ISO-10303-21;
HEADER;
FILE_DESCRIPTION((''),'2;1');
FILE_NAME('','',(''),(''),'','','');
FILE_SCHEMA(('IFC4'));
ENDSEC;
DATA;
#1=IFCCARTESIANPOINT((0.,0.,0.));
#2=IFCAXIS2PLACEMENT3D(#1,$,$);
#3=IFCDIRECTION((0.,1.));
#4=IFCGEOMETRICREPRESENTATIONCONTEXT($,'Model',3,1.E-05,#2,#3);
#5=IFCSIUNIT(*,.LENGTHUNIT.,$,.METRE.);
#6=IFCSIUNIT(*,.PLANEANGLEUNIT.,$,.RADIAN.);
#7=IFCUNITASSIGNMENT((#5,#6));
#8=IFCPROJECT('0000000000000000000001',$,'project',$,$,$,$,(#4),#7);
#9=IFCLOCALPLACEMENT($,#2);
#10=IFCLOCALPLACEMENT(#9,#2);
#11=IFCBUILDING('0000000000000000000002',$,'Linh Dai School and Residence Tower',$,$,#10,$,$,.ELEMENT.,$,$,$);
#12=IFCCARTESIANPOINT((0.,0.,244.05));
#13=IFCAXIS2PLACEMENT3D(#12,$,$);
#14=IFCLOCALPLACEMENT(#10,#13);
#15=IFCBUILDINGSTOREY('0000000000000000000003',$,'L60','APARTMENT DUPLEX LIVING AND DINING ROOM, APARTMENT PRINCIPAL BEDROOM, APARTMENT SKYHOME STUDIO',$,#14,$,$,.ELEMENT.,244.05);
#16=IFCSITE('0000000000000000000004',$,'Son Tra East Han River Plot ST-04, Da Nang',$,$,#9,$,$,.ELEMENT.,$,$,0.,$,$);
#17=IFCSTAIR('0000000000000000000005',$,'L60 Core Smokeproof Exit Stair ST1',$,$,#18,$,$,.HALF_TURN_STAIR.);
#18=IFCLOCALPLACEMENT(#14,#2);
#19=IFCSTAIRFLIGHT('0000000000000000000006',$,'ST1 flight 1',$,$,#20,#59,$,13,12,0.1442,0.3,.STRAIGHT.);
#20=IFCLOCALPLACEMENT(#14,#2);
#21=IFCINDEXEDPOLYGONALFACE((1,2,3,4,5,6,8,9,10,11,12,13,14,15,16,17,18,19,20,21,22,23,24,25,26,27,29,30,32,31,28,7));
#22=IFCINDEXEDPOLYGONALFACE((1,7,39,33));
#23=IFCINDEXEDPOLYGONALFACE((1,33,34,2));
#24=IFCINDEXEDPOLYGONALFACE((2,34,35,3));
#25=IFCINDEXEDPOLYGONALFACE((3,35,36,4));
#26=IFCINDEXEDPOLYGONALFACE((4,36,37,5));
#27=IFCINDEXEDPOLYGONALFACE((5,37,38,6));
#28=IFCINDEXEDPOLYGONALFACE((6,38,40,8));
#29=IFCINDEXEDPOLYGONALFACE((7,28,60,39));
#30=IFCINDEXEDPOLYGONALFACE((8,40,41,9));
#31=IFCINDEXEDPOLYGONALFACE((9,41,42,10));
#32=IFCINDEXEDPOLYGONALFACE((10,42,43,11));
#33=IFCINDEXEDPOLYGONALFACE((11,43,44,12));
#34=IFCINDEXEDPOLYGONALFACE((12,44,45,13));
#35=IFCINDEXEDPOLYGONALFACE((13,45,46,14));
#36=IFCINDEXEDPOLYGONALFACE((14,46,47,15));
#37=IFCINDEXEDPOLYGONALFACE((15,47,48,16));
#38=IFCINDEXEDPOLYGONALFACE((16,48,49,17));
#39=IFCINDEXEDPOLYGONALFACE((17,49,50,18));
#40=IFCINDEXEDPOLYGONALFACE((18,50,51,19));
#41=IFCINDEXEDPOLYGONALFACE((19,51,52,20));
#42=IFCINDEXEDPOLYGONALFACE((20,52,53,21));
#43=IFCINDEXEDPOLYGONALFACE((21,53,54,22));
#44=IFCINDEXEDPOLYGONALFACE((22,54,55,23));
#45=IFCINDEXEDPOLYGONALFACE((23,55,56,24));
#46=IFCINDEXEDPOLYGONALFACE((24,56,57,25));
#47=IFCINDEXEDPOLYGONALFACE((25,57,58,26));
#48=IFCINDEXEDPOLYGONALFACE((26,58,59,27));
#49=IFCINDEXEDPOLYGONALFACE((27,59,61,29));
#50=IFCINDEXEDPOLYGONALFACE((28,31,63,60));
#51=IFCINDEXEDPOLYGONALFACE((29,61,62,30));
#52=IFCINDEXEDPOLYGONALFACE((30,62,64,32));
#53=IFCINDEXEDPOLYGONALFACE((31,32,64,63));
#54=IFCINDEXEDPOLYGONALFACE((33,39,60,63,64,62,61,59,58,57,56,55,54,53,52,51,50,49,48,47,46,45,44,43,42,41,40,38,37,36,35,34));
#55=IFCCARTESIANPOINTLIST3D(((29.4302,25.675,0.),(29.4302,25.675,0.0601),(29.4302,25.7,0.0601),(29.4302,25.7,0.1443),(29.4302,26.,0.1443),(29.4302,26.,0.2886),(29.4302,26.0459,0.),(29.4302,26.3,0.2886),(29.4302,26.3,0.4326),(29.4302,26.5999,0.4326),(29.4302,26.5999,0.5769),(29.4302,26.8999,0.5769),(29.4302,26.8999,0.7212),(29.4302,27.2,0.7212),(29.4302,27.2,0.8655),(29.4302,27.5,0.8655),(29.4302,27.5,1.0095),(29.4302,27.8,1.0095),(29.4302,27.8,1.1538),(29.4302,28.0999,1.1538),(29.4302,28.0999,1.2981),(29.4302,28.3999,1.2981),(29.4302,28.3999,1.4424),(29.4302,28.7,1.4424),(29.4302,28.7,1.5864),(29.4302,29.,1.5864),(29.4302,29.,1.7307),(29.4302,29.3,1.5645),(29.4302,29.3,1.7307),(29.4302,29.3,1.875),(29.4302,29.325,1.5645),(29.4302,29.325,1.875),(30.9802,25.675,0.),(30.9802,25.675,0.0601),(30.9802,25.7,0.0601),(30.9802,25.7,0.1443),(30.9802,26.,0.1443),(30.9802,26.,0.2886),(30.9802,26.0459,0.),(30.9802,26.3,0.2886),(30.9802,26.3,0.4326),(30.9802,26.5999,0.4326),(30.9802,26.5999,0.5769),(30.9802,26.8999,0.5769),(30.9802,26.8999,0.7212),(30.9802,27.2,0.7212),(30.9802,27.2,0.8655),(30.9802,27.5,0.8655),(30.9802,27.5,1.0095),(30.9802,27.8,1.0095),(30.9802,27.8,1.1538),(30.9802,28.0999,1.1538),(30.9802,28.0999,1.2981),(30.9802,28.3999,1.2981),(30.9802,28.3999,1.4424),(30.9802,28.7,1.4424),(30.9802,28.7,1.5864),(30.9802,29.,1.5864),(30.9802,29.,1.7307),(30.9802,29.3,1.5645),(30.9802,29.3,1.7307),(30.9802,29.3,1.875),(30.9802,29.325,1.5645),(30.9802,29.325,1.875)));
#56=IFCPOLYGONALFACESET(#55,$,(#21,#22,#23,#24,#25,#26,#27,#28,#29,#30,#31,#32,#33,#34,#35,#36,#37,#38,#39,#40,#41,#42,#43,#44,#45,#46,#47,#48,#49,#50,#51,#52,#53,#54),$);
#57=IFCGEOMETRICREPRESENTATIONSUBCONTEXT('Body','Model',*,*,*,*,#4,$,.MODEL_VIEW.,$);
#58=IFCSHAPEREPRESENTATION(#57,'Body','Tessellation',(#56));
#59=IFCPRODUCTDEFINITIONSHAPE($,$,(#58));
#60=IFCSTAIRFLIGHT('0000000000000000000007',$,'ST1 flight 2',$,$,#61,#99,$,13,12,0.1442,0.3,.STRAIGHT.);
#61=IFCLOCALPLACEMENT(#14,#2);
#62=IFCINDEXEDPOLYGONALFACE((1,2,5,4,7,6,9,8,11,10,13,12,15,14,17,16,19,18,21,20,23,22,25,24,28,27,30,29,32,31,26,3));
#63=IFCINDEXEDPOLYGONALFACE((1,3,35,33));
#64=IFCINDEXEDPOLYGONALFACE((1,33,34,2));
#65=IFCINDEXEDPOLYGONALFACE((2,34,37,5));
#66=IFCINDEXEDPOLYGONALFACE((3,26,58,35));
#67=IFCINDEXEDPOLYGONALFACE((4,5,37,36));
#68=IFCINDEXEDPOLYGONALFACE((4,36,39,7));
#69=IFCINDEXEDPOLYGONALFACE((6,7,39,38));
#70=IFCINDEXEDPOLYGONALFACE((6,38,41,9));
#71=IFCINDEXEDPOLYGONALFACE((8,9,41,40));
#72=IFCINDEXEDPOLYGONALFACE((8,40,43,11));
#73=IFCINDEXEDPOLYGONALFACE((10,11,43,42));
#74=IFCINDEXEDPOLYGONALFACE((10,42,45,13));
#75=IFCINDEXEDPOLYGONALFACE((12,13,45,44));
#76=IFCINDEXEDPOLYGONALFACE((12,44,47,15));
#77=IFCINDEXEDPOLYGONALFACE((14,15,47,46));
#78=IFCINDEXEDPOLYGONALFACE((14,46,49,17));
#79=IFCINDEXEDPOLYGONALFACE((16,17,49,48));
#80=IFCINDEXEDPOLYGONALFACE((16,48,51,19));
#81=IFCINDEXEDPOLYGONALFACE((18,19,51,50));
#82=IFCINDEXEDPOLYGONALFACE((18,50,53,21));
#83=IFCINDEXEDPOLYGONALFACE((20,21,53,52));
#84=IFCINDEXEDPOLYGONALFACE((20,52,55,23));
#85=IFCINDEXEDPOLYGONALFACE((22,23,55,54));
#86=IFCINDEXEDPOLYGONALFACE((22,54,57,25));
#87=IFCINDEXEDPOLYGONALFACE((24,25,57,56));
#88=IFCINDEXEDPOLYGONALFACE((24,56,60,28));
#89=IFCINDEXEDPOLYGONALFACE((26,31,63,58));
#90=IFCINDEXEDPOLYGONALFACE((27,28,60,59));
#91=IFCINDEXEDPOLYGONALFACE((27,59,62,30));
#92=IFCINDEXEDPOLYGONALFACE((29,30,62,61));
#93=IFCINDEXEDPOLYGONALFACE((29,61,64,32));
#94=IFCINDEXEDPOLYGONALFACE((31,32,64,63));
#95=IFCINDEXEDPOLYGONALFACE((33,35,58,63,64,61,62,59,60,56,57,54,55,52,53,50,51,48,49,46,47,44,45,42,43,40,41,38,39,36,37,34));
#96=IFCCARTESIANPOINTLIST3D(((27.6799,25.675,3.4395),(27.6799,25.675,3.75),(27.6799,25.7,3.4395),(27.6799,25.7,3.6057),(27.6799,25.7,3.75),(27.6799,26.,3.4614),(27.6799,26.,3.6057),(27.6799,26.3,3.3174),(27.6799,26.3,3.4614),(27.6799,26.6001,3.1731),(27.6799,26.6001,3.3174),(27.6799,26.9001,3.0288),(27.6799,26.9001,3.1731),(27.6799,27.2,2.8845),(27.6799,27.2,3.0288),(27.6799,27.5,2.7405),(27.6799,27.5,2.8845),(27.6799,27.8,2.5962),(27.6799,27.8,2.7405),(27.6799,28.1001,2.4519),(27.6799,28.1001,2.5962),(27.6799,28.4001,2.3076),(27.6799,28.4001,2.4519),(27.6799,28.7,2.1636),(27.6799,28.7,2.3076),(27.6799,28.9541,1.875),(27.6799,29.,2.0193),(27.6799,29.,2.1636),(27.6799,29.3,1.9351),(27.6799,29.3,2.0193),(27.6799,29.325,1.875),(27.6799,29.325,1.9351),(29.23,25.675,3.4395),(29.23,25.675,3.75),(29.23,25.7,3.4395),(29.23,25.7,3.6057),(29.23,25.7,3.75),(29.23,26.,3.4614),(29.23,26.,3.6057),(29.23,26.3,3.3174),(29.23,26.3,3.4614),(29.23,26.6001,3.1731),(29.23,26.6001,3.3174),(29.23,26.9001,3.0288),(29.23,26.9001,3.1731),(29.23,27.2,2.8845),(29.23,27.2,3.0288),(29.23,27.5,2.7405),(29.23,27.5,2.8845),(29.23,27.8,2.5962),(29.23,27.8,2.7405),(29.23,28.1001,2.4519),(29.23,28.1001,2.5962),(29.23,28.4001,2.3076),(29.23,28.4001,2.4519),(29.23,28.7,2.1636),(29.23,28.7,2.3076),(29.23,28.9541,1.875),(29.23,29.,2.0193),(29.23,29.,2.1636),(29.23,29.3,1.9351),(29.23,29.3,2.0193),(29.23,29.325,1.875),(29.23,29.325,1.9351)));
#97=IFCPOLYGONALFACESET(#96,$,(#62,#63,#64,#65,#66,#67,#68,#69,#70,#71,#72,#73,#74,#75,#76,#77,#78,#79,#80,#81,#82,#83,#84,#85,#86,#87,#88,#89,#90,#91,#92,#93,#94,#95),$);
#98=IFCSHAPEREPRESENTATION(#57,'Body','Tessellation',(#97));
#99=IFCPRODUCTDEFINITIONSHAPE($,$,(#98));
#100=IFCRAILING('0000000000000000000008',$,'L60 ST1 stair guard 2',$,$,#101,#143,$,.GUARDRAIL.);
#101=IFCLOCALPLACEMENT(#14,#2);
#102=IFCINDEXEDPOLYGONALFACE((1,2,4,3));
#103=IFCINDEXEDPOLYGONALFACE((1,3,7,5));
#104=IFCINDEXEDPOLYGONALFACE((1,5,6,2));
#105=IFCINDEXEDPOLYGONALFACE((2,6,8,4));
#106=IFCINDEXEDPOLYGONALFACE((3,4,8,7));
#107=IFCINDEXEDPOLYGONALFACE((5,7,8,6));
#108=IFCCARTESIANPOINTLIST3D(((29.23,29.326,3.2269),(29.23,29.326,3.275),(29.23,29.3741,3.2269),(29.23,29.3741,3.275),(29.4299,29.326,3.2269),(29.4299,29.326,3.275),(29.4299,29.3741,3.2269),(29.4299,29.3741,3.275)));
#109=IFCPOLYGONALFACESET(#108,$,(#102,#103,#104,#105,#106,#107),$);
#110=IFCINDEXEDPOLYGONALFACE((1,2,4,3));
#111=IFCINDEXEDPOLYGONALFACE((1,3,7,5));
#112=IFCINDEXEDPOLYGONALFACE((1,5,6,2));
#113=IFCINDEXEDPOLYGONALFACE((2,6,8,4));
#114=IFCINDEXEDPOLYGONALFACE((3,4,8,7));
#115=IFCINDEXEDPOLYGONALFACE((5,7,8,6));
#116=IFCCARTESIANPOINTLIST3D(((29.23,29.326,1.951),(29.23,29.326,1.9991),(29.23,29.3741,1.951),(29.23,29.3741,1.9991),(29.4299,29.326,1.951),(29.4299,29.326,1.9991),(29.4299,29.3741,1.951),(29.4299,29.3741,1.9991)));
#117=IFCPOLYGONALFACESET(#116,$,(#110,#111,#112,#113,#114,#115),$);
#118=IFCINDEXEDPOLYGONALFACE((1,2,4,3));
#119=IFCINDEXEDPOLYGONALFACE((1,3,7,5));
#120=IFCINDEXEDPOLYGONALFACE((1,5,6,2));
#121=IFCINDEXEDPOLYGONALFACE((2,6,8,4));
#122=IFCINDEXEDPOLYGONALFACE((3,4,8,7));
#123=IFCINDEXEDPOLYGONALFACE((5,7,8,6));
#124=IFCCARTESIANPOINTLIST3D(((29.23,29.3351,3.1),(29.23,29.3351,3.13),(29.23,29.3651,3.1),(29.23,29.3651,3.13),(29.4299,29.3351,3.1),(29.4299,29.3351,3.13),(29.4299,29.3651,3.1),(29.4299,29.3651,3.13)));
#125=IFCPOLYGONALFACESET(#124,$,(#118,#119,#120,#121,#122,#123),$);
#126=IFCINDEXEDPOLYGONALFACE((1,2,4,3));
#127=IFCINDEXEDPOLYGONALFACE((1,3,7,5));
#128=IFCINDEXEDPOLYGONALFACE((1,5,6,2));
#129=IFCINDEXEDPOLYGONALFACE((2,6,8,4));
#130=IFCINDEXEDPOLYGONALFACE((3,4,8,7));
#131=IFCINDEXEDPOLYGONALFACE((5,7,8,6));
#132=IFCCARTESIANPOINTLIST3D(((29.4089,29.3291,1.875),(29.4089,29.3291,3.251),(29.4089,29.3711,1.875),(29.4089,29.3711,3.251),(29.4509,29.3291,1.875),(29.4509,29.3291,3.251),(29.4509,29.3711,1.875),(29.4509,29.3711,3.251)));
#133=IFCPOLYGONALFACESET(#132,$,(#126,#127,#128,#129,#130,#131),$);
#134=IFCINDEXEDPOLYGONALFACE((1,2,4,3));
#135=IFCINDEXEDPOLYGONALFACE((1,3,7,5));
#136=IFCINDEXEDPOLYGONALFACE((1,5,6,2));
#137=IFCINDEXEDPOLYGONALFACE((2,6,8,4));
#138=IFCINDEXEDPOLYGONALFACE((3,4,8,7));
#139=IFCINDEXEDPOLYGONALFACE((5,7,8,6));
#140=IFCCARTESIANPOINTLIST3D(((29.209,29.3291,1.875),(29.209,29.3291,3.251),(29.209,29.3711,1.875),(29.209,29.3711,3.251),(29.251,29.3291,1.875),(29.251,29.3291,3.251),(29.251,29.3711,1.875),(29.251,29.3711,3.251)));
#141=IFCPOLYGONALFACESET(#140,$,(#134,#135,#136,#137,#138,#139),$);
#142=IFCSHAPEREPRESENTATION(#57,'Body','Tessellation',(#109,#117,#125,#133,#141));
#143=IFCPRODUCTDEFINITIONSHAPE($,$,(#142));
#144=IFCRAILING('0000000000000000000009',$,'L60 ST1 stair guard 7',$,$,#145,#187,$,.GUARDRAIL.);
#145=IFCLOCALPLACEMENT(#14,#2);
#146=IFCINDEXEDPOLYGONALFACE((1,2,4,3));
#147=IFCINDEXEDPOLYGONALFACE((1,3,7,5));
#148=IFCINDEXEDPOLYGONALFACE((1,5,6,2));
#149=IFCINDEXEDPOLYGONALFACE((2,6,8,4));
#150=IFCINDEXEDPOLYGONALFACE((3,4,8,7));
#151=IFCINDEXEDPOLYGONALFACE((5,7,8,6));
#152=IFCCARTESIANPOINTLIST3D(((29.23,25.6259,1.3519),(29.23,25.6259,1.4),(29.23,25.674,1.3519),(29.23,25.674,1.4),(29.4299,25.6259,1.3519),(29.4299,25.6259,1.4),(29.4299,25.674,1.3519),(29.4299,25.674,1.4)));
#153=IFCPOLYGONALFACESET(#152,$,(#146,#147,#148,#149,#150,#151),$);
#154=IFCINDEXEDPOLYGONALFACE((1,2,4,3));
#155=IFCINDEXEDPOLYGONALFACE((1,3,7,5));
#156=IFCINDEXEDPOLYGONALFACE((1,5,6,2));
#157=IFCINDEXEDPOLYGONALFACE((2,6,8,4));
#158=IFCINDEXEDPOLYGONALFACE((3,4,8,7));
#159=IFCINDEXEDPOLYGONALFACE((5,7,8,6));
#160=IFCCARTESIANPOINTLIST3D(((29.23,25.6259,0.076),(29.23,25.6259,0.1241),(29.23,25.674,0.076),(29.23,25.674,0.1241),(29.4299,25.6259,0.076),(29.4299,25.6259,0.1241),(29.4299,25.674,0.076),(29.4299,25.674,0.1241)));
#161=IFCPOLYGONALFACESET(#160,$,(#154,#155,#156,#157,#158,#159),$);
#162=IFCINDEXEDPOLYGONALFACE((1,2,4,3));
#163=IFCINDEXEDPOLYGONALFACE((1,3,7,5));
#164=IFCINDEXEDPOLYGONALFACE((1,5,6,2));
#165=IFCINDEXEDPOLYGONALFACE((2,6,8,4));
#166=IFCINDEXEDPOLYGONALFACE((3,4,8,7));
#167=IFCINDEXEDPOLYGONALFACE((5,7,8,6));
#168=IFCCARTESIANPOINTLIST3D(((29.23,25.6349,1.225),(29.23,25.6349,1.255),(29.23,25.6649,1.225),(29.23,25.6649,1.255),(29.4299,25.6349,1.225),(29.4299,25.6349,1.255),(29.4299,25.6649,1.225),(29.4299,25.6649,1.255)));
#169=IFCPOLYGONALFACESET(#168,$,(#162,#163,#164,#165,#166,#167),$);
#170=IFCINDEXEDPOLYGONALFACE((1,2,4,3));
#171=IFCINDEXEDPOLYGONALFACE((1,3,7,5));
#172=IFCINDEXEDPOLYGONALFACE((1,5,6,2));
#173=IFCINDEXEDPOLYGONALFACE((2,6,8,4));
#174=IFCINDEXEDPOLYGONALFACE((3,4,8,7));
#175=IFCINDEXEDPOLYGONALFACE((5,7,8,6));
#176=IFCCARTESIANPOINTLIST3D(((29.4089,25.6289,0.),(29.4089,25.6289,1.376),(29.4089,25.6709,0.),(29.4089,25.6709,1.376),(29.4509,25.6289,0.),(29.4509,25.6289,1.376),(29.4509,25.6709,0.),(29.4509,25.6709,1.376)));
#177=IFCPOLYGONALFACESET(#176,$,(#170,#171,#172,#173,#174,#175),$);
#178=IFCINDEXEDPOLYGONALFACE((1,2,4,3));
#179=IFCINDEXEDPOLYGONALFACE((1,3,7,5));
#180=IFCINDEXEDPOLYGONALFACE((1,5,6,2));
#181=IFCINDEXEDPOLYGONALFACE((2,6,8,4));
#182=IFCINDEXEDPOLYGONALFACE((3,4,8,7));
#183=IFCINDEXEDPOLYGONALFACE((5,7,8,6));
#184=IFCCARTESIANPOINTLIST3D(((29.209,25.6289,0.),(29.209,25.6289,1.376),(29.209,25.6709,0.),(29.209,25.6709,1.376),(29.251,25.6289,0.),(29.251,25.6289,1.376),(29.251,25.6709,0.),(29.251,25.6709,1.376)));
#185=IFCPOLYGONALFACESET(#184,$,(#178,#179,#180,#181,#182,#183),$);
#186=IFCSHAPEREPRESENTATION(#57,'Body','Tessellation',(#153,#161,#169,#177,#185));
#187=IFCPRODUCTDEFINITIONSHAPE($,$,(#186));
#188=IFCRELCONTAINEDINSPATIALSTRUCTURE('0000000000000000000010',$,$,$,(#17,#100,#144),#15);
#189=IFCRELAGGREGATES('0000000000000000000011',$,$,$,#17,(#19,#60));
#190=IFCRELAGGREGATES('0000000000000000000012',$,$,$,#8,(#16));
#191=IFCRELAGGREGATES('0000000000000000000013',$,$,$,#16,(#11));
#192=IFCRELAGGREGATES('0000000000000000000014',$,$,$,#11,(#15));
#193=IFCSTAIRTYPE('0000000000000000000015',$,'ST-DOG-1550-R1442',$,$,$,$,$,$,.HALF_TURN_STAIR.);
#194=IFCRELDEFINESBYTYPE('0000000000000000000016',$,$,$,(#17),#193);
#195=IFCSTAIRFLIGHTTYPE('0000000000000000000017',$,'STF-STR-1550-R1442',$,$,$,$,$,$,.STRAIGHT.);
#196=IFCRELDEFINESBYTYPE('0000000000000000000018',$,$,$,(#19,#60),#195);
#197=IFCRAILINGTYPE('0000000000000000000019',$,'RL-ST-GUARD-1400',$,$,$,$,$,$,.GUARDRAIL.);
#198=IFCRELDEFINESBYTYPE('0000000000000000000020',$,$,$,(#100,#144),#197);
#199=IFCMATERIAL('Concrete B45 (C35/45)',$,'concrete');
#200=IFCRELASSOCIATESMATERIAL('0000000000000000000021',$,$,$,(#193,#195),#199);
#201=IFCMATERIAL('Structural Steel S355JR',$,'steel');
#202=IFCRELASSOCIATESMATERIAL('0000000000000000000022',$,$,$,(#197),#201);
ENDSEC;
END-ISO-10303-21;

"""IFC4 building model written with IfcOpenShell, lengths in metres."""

from ifc_helpers import new_model, si_unit, direction, frame, origin, origin_2d, place, context, subcontext, project, spatial, polyline, rectangle, outline, extrude, source, transform, mapped, material, type_object, element, aggregate, save


model = new_model("IFC4")

# Units and contexts
model_context = context("Model", 3, precision=1e-05, world=origin(), true_north=direction((0.0, 1.0)))
body_context = subcontext(model_context, "Body", "Model", "MODEL_VIEW")
ifc_project = project(units=[si_unit("LENGTHUNIT", "METRE"), si_unit("PLANEANGLEUNIT", "RADIAN")], contexts=[model_context])

# Site, building, storey
site_placement = place(None, origin())
site = spatial("IfcSite", under=ifc_project, at=site_placement, Name="Son Tra East Han River Plot ST-04, Da Nang", CompositionType="ELEMENT", RefElevation=0.0)
building_placement = place(site_placement, origin())
building = spatial("IfcBuilding", under=site, at=building_placement, Name="Linh Dai School and Residence Tower", CompositionType="ELEMENT")
storey_placement = place(building_placement, frame((0.0, 0.0, 244.05)))
storey = spatial("IfcBuildingStorey", under=building, at=storey_placement, Name="L60", Description="APARTMENT DUPLEX LIVING AND DINING ROOM, APARTMENT PRINCIPAL BEDROOM, APARTMENT SKYHOME STUDIO", CompositionType="ELEMENT", Elevation=244.05)

# Shared definitions
ifc_material_1 = material(Name="Concrete B45 (C35/45)", Category="concrete")

# Stair, stair flights
stair_type = type_object("IfcStairType", Name="ST-DOG-1550-R1442", PredefinedType="HALF_TURN_STAIR", material=ifc_material_1)
stair_placement = place(storey_placement, origin())
stair = element("IfcStair", 1, at=stair_placement, inside=storey, type_object=stair_type, Name="L60 Core Smokeproof Exit Stair ST1", PredefinedType="HALF_TURN_STAIR")
stair_flight_type = type_object("IfcStairFlightType", Name="STF-STR-1550-R1442", PredefinedType="STRAIGHT", material=ifc_material_1)
shared_shape_1 = source(origin(), body_context, "Body", "SweptSolid", [
    extrude(outline(polyline([(-0.0249, 0.0), (-0.0249, 0.0601), (0.0, 0.0601), (0.0, 0.1443), (0.3, 0.1443), (0.3, 0.2886), (0.6001, 0.2886), (0.6001, 0.4326), (0.8999, 0.4326), (0.8999, 0.5769), (1.2, 0.5769), (1.2, 0.7212), (1.5, 0.7212), (1.5, 0.8655), (1.8, 0.8655), (1.8, 1.0095), (2.1001, 1.0095), (2.1001, 1.1538), (2.3999, 1.1538), (2.3999, 1.2981), (2.7, 1.2981), (2.7, 1.4424), (3.0, 1.4424), (3.0, 1.5864), (3.3, 1.5864), (3.3, 1.7307), (3.6001, 1.7307), (3.6001, 1.875), (3.625, 1.875), (3.625, 1.5645), (3.6001, 1.5645), (0.3459, 0.0), (-0.0249, 0.0)])), frame((0.0, 0.7749, 0.0), z_axis=(0.0, -1.0, 0.0), x_axis=(1.0, 0.0, 0.0)), (0.0, 0.0, 1.0), 1.55),
])
stair_flight_1_placement = place(storey_placement, frame((30.2051, 25.7, 0.0), z_axis=(0.0, 0.0, 1.0), x_axis=(0.0, 1.0, 0.0)))
stair_flight_1 = element("IfcStairFlight", 2, at=stair_flight_1_placement, type_object=stair_flight_type, Name="ST1 flight 1", NumberOfRisers=13, NumberOfTreads=12, PredefinedType="STRAIGHT", RiserHeight=0.1442, TreadLength=0.3, context=body_context, shape_type="MappedRepresentation", body=[
    mapped(shared_shape_1, transform((0.0, 0.0, 0.0), x_axis=(1.0, 0.0, 0.0), y_axis=(0.0, 1.0, 0.0), z_axis=(0.0, 0.0, 1.0), scale=1.0)),
])
stair_flight_2_placement = place(storey_placement, frame((28.4551, 29.3, 1.875), z_axis=(0.0, 0.0, 1.0), x_axis=(0.0, -1.0, 0.0)))
stair_flight_2 = element("IfcStairFlight", 3, at=stair_flight_2_placement, type_object=stair_flight_type, Name="ST1 flight 2", NumberOfRisers=13, NumberOfTreads=12, PredefinedType="STRAIGHT", RiserHeight=0.1442, TreadLength=0.3, context=body_context, shape_type="MappedRepresentation", body=[
    mapped(shared_shape_1, transform((0.0, 0.0, 0.0), x_axis=(1.0, 0.0, 0.0), y_axis=(0.0, 1.0, 0.0), z_axis=(0.0, 0.0, 1.0), scale=1.0)),
])
aggregate(stair, [stair_flight_1, stair_flight_2])

# Railings
ifc_material_2 = material(Name="Structural Steel S355JR", Category="steel")
railing_type_1 = type_object("IfcRailingType", Name="RL-ST-GUARD-1400", PredefinedType="GUARDRAIL", material=ifc_material_2)
shared_shape_2 = source(origin(), body_context, "Body", "SweptSolid", [
    extrude(rectangle(XDim=0.0481, YDim=0.0481, at=origin_2d()), frame((0.0, 0.0, 1.376), z_axis=(-1.0, 0.0, 0.0), x_axis=(0.0, -1.0, 0.0)), (0.0, 0.0, 1.0), 0.2),
    extrude(rectangle(XDim=0.0481, YDim=0.0481, at=origin_2d()), frame((0.0, 0.0, 0.1001), z_axis=(-1.0, 0.0, 0.0), x_axis=(0.0, -1.0, 0.0)), (0.0, 0.0, 1.0), 0.2),
    extrude(rectangle(XDim=0.03, YDim=0.03, at=origin_2d()), frame((0.0, 0.0, 1.24), z_axis=(-1.0, 0.0, 0.0), x_axis=(0.0, -1.0, 0.0)), (0.0, 0.0, 1.0), 0.2),
    extrude(rectangle(XDim=0.042, YDim=0.042, at=origin_2d()), origin(), (0.0, 0.0, 1.0), 1.376),
    extrude(rectangle(XDim=0.042, YDim=0.042, at=origin_2d()), frame((-0.2, 0.0, 0.0)), (0.0, 0.0, 1.0), 1.376),
])
for number, where, name in (
    (4, (29.4299, 29.3501, 1.875), "L60 ST1 stair guard 2"),
    (5, (29.4299, 25.6499, 0.0), "L60 ST1 stair guard 7"),
):
    element("IfcRailing", number, at=place(storey_placement, frame(where)), inside=storey, type_object=railing_type_1, Name=name, PredefinedType="GUARDRAIL", context=body_context, shape_type="MappedRepresentation", body=[
        mapped(shared_shape_2, transform((0.0, 0.0, 0.0), x_axis=(1.0, 0.0, 0.0), y_axis=(0.0, 1.0, 0.0), z_axis=(0.0, 0.0, 1.0), scale=1.0)),
    ])

save(model, "model.ifc")
